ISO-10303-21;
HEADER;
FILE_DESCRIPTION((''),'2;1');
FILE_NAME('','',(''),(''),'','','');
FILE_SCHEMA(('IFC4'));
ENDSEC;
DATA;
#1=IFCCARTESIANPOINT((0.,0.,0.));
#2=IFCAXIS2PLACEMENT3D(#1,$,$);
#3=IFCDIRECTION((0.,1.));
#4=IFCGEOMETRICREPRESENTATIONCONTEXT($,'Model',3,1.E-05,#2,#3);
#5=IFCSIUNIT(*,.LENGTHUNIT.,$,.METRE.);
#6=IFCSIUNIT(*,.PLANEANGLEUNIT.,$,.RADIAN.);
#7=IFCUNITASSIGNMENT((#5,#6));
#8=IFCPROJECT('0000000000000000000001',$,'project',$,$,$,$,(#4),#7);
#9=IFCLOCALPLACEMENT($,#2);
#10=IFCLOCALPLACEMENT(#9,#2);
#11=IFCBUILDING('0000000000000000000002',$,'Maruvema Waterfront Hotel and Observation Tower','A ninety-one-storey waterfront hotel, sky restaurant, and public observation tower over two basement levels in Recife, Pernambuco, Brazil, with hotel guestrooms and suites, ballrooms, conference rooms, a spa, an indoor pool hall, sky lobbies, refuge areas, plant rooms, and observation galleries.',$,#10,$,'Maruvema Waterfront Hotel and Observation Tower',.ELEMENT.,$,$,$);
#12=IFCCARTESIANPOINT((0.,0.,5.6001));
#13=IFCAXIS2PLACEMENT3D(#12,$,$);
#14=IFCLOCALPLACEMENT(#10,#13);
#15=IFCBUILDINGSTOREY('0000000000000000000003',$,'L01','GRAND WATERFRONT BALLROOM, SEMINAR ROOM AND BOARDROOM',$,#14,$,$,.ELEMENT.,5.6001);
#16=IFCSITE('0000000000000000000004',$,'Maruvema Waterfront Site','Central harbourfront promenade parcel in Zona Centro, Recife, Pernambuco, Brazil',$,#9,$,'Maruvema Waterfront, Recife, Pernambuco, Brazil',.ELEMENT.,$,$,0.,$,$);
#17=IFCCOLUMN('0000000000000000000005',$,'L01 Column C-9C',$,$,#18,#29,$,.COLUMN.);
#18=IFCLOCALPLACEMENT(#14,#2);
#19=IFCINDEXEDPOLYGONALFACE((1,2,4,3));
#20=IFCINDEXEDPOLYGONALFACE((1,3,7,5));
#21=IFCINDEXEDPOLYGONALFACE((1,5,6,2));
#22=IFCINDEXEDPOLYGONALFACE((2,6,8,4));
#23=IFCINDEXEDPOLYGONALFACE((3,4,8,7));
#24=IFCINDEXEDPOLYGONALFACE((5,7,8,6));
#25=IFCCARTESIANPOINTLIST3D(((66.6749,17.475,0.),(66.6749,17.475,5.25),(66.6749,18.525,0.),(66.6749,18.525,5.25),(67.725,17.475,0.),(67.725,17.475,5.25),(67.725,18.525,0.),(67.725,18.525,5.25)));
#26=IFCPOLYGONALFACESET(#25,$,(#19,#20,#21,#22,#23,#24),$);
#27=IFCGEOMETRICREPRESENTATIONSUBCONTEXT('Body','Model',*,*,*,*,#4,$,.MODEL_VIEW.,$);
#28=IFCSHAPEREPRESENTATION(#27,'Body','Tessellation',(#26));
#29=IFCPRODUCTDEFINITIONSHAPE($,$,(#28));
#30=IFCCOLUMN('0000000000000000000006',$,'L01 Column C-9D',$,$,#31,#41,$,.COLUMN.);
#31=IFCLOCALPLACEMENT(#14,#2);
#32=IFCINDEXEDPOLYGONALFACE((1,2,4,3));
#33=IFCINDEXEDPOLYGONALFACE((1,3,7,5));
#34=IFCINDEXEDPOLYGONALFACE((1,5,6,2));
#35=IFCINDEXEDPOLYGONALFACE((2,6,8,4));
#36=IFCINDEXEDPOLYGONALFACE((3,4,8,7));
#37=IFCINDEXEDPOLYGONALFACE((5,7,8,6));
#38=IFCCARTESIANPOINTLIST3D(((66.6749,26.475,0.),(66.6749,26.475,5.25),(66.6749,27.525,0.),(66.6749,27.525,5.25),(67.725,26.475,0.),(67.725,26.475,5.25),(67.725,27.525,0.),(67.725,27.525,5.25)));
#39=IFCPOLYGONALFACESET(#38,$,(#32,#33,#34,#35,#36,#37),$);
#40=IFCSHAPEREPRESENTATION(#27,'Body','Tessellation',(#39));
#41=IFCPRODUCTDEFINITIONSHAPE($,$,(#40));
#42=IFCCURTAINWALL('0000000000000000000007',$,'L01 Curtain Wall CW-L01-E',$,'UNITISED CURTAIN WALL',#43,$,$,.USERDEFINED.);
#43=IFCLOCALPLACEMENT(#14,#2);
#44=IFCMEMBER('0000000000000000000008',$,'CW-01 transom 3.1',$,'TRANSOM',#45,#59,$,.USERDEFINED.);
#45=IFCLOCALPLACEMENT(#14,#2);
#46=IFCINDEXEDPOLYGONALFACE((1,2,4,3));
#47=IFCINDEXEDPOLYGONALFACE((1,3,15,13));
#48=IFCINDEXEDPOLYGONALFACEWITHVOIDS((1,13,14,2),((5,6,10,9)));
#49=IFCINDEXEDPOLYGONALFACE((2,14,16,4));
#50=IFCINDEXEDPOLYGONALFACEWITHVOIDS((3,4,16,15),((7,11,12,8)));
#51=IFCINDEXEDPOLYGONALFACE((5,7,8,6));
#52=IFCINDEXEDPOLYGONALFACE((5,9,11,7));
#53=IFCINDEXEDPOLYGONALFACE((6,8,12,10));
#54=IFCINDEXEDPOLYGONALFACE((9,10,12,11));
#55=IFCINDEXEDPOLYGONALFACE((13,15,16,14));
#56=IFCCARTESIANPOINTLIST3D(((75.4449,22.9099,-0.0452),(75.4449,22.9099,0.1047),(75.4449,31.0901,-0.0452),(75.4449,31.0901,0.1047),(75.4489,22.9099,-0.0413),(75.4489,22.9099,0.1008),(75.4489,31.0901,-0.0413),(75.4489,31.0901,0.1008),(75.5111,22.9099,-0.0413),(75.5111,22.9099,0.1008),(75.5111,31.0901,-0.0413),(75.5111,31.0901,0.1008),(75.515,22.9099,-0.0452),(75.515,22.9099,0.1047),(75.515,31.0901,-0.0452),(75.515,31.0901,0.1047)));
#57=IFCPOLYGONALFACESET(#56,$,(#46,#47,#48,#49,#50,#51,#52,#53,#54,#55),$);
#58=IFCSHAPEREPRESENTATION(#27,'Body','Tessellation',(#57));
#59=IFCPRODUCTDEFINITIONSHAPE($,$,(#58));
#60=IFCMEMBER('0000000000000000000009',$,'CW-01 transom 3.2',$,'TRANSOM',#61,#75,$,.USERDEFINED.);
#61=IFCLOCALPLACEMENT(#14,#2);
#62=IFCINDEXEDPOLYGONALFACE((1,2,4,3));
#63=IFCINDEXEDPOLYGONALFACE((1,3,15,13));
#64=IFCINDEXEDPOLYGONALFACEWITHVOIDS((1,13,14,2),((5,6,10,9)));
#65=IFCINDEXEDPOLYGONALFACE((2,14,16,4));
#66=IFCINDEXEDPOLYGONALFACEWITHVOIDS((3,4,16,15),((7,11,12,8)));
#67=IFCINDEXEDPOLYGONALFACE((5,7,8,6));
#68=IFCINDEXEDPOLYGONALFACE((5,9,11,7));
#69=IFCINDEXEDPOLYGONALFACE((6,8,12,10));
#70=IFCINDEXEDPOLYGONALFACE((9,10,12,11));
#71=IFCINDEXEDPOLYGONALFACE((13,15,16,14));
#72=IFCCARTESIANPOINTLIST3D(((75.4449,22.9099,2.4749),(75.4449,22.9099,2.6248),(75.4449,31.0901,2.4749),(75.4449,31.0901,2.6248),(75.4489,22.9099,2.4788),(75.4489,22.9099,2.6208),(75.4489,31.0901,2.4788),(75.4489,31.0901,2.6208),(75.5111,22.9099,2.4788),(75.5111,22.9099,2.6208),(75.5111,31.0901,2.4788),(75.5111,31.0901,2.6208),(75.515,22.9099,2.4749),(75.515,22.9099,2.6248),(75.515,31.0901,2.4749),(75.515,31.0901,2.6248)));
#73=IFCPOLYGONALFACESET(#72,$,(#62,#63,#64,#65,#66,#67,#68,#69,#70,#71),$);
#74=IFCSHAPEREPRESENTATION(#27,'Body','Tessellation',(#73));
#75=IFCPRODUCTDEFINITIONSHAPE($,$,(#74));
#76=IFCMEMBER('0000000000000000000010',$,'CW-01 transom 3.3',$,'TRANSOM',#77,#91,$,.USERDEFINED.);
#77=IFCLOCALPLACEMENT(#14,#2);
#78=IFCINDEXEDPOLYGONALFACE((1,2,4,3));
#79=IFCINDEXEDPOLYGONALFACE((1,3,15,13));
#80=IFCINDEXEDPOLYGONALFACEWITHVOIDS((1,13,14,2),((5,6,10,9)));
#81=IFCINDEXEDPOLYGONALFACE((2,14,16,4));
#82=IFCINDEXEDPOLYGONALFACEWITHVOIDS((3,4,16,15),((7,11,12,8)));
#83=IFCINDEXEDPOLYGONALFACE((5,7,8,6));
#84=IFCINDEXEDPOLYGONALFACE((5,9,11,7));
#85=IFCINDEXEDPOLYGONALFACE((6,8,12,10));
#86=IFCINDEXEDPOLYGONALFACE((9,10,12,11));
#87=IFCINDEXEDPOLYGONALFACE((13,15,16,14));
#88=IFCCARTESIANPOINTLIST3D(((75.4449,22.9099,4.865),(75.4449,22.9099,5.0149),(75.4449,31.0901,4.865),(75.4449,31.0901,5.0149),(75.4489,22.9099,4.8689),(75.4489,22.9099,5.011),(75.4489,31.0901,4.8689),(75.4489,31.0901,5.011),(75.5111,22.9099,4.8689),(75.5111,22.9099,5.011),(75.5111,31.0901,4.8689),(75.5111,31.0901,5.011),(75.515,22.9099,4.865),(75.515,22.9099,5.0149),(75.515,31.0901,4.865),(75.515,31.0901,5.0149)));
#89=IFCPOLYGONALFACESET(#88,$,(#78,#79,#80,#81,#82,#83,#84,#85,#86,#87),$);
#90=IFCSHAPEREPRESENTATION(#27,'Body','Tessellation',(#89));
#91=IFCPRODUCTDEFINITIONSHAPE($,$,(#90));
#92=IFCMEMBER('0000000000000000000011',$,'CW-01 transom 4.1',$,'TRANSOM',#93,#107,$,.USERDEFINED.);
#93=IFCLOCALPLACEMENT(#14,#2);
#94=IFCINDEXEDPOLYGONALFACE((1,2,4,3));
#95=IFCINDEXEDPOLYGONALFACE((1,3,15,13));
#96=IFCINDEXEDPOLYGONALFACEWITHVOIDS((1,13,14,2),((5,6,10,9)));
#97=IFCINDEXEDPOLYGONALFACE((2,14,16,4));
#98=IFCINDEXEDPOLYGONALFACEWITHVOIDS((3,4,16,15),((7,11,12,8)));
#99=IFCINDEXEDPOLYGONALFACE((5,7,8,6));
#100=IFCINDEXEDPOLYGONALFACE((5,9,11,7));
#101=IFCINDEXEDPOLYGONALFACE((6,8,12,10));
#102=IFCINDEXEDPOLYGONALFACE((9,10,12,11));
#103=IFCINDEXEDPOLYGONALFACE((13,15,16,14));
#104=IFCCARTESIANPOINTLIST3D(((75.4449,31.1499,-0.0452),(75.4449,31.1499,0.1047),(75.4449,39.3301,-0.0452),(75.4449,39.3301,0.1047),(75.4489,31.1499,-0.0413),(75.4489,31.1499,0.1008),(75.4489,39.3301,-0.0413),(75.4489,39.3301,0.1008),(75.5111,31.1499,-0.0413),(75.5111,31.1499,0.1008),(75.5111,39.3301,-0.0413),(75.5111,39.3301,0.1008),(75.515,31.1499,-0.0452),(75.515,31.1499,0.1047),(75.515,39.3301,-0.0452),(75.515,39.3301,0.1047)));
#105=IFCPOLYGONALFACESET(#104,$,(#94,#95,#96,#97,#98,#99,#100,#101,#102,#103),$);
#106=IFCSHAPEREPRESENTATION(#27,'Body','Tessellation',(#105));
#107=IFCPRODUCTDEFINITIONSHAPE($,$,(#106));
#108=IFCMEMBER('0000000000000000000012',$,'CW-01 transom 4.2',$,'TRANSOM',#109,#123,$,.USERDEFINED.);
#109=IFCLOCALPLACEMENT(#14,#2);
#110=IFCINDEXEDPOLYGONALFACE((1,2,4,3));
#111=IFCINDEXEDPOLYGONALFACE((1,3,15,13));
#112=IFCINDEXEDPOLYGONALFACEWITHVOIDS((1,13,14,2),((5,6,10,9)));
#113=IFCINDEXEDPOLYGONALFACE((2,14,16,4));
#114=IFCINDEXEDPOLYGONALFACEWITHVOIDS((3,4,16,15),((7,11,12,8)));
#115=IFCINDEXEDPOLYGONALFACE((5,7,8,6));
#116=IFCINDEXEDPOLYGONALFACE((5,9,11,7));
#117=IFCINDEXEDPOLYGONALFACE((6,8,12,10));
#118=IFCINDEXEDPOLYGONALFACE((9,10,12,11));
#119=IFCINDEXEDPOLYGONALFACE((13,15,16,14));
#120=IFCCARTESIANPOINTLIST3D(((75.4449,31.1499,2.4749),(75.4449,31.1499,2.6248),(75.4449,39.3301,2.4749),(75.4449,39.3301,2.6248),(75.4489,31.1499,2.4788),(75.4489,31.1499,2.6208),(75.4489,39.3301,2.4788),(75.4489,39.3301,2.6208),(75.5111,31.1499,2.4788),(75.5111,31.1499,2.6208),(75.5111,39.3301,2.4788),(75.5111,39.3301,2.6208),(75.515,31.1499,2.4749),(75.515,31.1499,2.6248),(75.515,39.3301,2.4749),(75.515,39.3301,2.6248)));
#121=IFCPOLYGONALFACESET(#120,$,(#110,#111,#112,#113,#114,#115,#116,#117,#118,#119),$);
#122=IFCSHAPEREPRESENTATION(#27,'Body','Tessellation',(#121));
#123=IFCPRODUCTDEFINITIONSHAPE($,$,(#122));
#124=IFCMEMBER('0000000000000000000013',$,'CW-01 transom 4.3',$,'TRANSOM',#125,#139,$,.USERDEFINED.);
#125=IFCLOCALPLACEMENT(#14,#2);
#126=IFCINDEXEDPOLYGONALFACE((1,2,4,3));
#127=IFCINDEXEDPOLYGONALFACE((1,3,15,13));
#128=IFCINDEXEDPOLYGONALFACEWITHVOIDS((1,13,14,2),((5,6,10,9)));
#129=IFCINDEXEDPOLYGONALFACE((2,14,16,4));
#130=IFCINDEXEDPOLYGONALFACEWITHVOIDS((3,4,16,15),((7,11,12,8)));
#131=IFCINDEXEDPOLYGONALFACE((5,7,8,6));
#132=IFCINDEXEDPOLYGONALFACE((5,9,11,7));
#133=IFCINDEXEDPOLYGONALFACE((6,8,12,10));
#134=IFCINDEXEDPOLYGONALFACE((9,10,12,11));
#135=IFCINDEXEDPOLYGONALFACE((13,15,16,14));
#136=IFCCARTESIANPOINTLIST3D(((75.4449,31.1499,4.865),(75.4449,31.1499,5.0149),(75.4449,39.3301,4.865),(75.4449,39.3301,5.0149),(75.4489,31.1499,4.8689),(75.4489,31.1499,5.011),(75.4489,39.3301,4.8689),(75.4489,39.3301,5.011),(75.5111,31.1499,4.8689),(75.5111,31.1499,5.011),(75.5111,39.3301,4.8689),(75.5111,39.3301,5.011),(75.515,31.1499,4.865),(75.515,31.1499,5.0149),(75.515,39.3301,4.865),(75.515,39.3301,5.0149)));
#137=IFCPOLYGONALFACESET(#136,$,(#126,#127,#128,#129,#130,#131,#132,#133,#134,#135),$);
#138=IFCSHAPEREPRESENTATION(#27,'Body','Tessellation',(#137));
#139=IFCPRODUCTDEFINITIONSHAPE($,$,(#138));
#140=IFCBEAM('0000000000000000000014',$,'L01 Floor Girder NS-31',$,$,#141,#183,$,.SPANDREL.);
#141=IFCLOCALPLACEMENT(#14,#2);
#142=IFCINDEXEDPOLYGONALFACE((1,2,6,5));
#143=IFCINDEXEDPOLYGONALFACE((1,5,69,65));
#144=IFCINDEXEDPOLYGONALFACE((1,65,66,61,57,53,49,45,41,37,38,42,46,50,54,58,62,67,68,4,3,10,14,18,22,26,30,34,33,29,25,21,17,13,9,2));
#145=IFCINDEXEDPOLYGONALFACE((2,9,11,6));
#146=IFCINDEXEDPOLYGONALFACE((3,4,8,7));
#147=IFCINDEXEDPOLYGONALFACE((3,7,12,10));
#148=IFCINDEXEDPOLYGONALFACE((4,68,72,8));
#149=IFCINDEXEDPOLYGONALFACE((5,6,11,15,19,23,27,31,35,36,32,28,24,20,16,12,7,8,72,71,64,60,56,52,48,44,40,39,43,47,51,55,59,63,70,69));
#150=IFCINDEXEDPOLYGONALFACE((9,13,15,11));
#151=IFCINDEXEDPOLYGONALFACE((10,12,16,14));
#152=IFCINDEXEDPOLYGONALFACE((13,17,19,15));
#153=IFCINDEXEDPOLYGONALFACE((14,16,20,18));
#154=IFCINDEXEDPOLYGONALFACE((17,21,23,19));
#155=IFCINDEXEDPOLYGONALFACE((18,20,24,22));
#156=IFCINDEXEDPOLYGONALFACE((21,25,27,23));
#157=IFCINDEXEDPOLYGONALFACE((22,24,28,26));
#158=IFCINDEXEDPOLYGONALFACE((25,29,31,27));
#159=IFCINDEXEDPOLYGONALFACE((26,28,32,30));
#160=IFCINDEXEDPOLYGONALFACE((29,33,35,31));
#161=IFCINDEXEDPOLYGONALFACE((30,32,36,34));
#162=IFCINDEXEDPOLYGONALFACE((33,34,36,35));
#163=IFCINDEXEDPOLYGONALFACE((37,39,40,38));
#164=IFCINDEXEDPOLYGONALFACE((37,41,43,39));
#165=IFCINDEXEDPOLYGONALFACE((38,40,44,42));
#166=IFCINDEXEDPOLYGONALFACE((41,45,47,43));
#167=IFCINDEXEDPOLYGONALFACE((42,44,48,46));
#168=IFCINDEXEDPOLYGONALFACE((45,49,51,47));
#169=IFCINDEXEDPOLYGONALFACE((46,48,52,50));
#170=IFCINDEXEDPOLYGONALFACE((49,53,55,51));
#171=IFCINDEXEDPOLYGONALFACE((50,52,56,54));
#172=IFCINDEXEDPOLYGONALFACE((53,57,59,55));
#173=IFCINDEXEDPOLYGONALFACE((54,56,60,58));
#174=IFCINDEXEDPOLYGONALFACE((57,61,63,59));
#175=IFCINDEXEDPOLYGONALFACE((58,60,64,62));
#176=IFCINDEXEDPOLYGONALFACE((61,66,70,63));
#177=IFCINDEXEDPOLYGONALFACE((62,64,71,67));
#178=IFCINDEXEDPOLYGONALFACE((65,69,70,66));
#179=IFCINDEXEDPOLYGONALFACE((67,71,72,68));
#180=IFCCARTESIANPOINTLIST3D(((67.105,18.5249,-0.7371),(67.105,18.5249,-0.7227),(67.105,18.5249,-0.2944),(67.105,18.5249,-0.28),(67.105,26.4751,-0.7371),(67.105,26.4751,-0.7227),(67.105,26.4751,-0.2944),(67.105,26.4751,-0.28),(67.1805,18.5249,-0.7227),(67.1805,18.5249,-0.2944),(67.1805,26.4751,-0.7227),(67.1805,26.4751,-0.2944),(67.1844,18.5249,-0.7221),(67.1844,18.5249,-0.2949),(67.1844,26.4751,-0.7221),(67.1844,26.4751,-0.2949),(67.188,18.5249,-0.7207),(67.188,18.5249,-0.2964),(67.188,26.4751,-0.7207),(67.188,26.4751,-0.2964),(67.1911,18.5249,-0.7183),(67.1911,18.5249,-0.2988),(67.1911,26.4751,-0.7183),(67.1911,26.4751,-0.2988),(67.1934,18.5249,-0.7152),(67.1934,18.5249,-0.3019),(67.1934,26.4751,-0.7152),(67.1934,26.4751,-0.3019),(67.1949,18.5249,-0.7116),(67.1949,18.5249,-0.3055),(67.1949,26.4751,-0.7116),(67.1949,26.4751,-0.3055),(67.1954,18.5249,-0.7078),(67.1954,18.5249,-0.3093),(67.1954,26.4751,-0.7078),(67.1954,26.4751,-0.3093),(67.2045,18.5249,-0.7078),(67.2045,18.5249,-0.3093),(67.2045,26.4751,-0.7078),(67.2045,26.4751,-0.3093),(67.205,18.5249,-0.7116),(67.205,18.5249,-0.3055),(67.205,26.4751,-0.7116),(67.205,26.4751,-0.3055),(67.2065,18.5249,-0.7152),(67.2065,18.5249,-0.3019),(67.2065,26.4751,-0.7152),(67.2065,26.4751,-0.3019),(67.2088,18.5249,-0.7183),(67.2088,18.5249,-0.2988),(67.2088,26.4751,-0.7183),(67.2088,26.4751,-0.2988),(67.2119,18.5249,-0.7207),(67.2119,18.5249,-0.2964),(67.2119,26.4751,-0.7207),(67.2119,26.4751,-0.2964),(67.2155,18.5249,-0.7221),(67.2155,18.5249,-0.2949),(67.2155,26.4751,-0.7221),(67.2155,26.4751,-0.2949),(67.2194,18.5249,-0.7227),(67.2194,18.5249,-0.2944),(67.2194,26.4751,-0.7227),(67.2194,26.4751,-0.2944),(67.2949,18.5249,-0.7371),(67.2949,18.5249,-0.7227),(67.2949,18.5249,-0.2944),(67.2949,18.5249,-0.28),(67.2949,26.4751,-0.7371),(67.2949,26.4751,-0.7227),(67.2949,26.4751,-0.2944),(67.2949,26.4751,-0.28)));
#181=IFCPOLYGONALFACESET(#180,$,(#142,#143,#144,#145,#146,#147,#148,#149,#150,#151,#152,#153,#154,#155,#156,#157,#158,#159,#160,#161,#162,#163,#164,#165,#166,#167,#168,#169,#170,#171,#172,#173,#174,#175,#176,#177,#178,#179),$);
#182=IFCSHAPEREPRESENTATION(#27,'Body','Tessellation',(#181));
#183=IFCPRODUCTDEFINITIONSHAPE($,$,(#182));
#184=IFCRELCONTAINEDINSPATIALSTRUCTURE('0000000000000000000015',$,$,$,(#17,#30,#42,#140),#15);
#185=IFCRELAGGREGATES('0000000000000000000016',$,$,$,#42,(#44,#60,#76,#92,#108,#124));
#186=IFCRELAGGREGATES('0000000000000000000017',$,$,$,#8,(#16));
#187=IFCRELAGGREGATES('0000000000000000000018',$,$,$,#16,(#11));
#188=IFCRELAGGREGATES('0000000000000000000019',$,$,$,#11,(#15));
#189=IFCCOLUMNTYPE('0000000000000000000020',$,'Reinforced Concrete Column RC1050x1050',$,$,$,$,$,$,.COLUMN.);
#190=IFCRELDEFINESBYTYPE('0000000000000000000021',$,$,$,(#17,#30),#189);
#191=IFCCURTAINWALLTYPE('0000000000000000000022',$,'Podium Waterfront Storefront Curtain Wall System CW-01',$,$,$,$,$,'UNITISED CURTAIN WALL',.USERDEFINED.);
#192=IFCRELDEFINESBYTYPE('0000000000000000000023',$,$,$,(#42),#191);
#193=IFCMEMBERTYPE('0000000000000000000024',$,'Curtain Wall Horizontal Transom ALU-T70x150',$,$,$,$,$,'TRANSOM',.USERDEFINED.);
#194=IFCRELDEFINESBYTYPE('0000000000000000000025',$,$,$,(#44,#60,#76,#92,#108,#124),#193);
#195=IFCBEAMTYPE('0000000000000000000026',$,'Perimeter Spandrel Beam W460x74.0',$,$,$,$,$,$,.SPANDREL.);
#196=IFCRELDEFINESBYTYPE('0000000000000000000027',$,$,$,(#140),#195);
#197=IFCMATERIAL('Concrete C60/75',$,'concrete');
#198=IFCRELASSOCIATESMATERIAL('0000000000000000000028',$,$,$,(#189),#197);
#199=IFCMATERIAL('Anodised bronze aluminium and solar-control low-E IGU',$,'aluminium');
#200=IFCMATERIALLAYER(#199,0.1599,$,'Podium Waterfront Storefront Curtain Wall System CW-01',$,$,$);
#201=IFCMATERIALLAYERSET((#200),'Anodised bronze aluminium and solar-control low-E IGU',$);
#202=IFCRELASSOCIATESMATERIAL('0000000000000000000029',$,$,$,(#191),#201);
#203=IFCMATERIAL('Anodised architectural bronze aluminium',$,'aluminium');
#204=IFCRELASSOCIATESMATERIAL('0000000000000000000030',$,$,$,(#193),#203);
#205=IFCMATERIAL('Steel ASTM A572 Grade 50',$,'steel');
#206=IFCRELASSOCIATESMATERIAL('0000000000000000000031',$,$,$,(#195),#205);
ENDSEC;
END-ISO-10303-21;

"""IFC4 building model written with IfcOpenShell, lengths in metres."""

from ifc_helpers import new_model, si_unit, direction, frame, origin, origin_2d, place, context, subcontext, project, spatial, rectangle, hollow_rectangle, i_section, extrude, material, layer, layer_set, material_profile, profile_set, type_object, element, aggregate, save


model = new_model("IFC4")

# Units and contexts
model_context = context("Model", 3, precision=1e-05, world=origin(), true_north=direction((0.0, 1.0)))
body_context = subcontext(model_context, "Body", "Model", "MODEL_VIEW")
ifc_project = project(units=[si_unit("LENGTHUNIT", "METRE"), si_unit("PLANEANGLEUNIT", "RADIAN")], contexts=[model_context])

# Site, building, storey
site_placement = place(None, origin())
site = spatial("IfcSite", under=ifc_project, at=site_placement, Name="Maruvema Waterfront Site", Description="Central harbourfront promenade parcel in Zona Centro, Recife, Pernambuco, Brazil", LongName="Maruvema Waterfront, Recife, Pernambuco, Brazil", CompositionType="ELEMENT", RefElevation=0.0)
building_placement = place(site_placement, origin())
building = spatial("IfcBuilding", under=site, at=building_placement, Name="Maruvema Waterfront Hotel and Observation Tower", Description="A ninety-one-storey waterfront hotel, sky restaurant, and public observation tower over two basement levels in Recife, Pernambuco, Brazil, with hotel guestrooms and suites, ballrooms, conference rooms, a spa, an indoor pool hall, sky lobbies, refuge areas, plant rooms, and observation galleries.", LongName="Maruvema Waterfront Hotel and Observation Tower", CompositionType="ELEMENT")
storey_placement = place(building_placement, frame((0.0, 0.0, 5.6001)))
storey = spatial("IfcBuildingStorey", under=building, at=storey_placement, Name="L01", Description="GRAND WATERFRONT BALLROOM, SEMINAR ROOM AND BOARDROOM", CompositionType="ELEMENT", Elevation=5.6001)

# Columns
ifc_material_1 = material(Name="Concrete C60/75", Category="concrete")
ifc_material_profile_1 = material_profile(ifc_material_1, rectangle(XDim=1.05, YDim=1.05, at=origin_2d()), Name="RC1050x1050")
ifc_profile_set_1 = profile_set([ifc_material_profile_1], Name="Concrete C60/75")
column_type = type_object("IfcColumnType", Name="Reinforced Concrete Column RC1050x1050", PredefinedType="COLUMN", material=ifc_profile_set_1)
for number, where, z_axis, x_axis, name in (
    (1, (67.2, 18.0, 0.0), (0.0, 0.0, 1.0), (1.0, 0.0, 0.0), "L01 Column C-9C"),
    (2, (67.2, 27.0, 0.0), (0.0, 0.0, 1.0), (1.0, 0.0, 0.0), "L01 Column C-9D"),
):
    element("IfcColumn", number, at=place(storey_placement, frame(where, z_axis=z_axis, x_axis=x_axis)), inside=storey, type_object=column_type, Name=name, PredefinedType="COLUMN", context=body_context, shape_type="SweptSolid", body=[
        extrude(rectangle(XDim=1.05, YDim=1.05, at=origin_2d()), origin(), (0.0, 0.0, 1.0), 5.25),
    ])

# Curtain wall, members
ifc_material_2 = material(Name="Anodised bronze aluminium and solar-control low-E IGU", Category="aluminium")
ifc_layer_1 = layer(ifc_material_2, 0.1599, Name="Podium Waterfront Storefront Curtain Wall System CW-01")
ifc_layer_set_1 = layer_set([ifc_layer_1], Name="Anodised bronze aluminium and solar-control low-E IGU")
curtain_wall_type = type_object("IfcCurtainWallType", Name="Podium Waterfront Storefront Curtain Wall System CW-01", ElementType="UNITISED CURTAIN WALL", PredefinedType="USERDEFINED", material=ifc_layer_set_1)
curtain_wall_placement = place(storey_placement, origin())
curtain_wall = element("IfcCurtainWall", 3, at=curtain_wall_placement, inside=storey, type_object=curtain_wall_type, Name="L01 Curtain Wall CW-L01-E", ObjectType="UNITISED CURTAIN WALL", PredefinedType="USERDEFINED")
ifc_material_3 = material(Name="Anodised architectural bronze aluminium", Category="aluminium")
ifc_material_profile_2 = material_profile(ifc_material_3, hollow_rectangle(XDim=0.0701, YDim=0.1499, WallThickness=0.0039, at=origin_2d()), Name="ALU-T70x150")
ifc_profile_set_2 = profile_set([ifc_material_profile_2], Name="Anodised architectural bronze aluminium")
member_type_1 = type_object("IfcMemberType", Name="Curtain Wall Horizontal Transom ALU-T70x150", ElementType="TRANSOM", PredefinedType="USERDEFINED", material=ifc_profile_set_2)
member_1_placement = place(storey_placement, frame((75.48, 22.9099, 0.0298), z_axis=(0.0, 1.0, 0.0), x_axis=(-1.0, 0.0, 0.0)))
member_1 = element("IfcMember", 4, at=member_1_placement, type_object=member_type_1, Name="CW-01 transom 3.1", ObjectType="TRANSOM", PredefinedType="USERDEFINED", context=body_context, shape_type="SweptSolid", body=[
    extrude(hollow_rectangle(XDim=0.0701, YDim=0.1499, WallThickness=0.0039, at=origin_2d()), origin(), (0.0, 0.0, 1.0), 8.1802),
])
member_2_placement = place(storey_placement, frame((75.48, 22.9099, 2.5498), z_axis=(0.0, 1.0, 0.0), x_axis=(-1.0, 0.0, 0.0)))
member_2 = element("IfcMember", 5, at=member_2_placement, type_object=member_type_1, Name="CW-01 transom 3.2", ObjectType="TRANSOM", PredefinedType="USERDEFINED", context=body_context, shape_type="SweptSolid", body=[
    extrude(hollow_rectangle(XDim=0.0701, YDim=0.1499, WallThickness=0.0039, at=origin_2d()), origin(), (0.0, 0.0, 1.0), 8.1802),
])
member_3_placement = place(storey_placement, frame((75.48, 22.9099, 4.9399), z_axis=(0.0, 1.0, 0.0), x_axis=(-1.0, 0.0, 0.0)))
member_3 = element("IfcMember", 6, at=member_3_placement, type_object=member_type_1, Name="CW-01 transom 3.3", ObjectType="TRANSOM", PredefinedType="USERDEFINED", context=body_context, shape_type="SweptSolid", body=[
    extrude(hollow_rectangle(XDim=0.0701, YDim=0.1499, WallThickness=0.0039, at=origin_2d()), origin(), (0.0, 0.0, 1.0), 8.1802),
])
member_4_placement = place(storey_placement, frame((75.48, 31.1499, 0.0298), z_axis=(0.0, 1.0, 0.0), x_axis=(-1.0, 0.0, 0.0)))
member_4 = element("IfcMember", 7, at=member_4_placement, type_object=member_type_1, Name="CW-01 transom 4.1", ObjectType="TRANSOM", PredefinedType="USERDEFINED", context=body_context, shape_type="SweptSolid", body=[
    extrude(hollow_rectangle(XDim=0.0701, YDim=0.1499, WallThickness=0.0039, at=origin_2d()), origin(), (0.0, 0.0, 1.0), 8.1802),
])
member_5_placement = place(storey_placement, frame((75.48, 31.1499, 2.5498), z_axis=(0.0, 1.0, 0.0), x_axis=(-1.0, 0.0, 0.0)))
member_5 = element("IfcMember", 8, at=member_5_placement, type_object=member_type_1, Name="CW-01 transom 4.2", ObjectType="TRANSOM", PredefinedType="USERDEFINED", context=body_context, shape_type="SweptSolid", body=[
    extrude(hollow_rectangle(XDim=0.0701, YDim=0.1499, WallThickness=0.0039, at=origin_2d()), origin(), (0.0, 0.0, 1.0), 8.1802),
])
member_6_placement = place(storey_placement, frame((75.48, 31.1499, 4.9399), z_axis=(0.0, 1.0, 0.0), x_axis=(-1.0, 0.0, 0.0)))
member_6 = element("IfcMember", 9, at=member_6_placement, type_object=member_type_1, Name="CW-01 transom 4.3", ObjectType="TRANSOM", PredefinedType="USERDEFINED", context=body_context, shape_type="SweptSolid", body=[
    extrude(hollow_rectangle(XDim=0.0701, YDim=0.1499, WallThickness=0.0039, at=origin_2d()), origin(), (0.0, 0.0, 1.0), 8.1802),
])

# Beam
ifc_material_4 = material(Name="Steel ASTM A572 Grade 50", Category="steel")
ifc_material_profile_3 = material_profile(ifc_material_4, i_section(OverallWidth=0.1899, OverallDepth=0.457, WebThickness=0.009, FlangeThickness=0.0144, FilletRadius=0.0149, at=origin_2d()), Name="W460x74.0")
ifc_profile_set_3 = profile_set([ifc_material_profile_3], Name="Steel ASTM A572 Grade 50")
beam_type_1 = type_object("IfcBeamType", Name="Perimeter Spandrel Beam W460x74.0", PredefinedType="SPANDREL", material=ifc_profile_set_3)
for number, where, z_axis, x_axis, name in (
    (10, (67.2, 18.5249, -0.5085), (0.0, 1.0, 0.0), (-1.0, 0.0, 0.0), "L01 Floor Girder NS-31"),
):
    element("IfcBeam", number, at=place(storey_placement, frame(where, z_axis=z_axis, x_axis=x_axis)), inside=storey, type_object=beam_type_1, Name=name, PredefinedType="SPANDREL", context=body_context, shape_type="SweptSolid", body=[
        extrude(i_section(OverallWidth=0.1899, OverallDepth=0.457, WebThickness=0.009, FlangeThickness=0.0144, FilletRadius=0.0149, at=origin_2d()), origin(), (0.0, 0.0, 1.0), 7.9502),
    ])

aggregate(curtain_wall, [member_1, member_2, member_3, member_4, member_5, member_6])

save(model, "model.ifc")
